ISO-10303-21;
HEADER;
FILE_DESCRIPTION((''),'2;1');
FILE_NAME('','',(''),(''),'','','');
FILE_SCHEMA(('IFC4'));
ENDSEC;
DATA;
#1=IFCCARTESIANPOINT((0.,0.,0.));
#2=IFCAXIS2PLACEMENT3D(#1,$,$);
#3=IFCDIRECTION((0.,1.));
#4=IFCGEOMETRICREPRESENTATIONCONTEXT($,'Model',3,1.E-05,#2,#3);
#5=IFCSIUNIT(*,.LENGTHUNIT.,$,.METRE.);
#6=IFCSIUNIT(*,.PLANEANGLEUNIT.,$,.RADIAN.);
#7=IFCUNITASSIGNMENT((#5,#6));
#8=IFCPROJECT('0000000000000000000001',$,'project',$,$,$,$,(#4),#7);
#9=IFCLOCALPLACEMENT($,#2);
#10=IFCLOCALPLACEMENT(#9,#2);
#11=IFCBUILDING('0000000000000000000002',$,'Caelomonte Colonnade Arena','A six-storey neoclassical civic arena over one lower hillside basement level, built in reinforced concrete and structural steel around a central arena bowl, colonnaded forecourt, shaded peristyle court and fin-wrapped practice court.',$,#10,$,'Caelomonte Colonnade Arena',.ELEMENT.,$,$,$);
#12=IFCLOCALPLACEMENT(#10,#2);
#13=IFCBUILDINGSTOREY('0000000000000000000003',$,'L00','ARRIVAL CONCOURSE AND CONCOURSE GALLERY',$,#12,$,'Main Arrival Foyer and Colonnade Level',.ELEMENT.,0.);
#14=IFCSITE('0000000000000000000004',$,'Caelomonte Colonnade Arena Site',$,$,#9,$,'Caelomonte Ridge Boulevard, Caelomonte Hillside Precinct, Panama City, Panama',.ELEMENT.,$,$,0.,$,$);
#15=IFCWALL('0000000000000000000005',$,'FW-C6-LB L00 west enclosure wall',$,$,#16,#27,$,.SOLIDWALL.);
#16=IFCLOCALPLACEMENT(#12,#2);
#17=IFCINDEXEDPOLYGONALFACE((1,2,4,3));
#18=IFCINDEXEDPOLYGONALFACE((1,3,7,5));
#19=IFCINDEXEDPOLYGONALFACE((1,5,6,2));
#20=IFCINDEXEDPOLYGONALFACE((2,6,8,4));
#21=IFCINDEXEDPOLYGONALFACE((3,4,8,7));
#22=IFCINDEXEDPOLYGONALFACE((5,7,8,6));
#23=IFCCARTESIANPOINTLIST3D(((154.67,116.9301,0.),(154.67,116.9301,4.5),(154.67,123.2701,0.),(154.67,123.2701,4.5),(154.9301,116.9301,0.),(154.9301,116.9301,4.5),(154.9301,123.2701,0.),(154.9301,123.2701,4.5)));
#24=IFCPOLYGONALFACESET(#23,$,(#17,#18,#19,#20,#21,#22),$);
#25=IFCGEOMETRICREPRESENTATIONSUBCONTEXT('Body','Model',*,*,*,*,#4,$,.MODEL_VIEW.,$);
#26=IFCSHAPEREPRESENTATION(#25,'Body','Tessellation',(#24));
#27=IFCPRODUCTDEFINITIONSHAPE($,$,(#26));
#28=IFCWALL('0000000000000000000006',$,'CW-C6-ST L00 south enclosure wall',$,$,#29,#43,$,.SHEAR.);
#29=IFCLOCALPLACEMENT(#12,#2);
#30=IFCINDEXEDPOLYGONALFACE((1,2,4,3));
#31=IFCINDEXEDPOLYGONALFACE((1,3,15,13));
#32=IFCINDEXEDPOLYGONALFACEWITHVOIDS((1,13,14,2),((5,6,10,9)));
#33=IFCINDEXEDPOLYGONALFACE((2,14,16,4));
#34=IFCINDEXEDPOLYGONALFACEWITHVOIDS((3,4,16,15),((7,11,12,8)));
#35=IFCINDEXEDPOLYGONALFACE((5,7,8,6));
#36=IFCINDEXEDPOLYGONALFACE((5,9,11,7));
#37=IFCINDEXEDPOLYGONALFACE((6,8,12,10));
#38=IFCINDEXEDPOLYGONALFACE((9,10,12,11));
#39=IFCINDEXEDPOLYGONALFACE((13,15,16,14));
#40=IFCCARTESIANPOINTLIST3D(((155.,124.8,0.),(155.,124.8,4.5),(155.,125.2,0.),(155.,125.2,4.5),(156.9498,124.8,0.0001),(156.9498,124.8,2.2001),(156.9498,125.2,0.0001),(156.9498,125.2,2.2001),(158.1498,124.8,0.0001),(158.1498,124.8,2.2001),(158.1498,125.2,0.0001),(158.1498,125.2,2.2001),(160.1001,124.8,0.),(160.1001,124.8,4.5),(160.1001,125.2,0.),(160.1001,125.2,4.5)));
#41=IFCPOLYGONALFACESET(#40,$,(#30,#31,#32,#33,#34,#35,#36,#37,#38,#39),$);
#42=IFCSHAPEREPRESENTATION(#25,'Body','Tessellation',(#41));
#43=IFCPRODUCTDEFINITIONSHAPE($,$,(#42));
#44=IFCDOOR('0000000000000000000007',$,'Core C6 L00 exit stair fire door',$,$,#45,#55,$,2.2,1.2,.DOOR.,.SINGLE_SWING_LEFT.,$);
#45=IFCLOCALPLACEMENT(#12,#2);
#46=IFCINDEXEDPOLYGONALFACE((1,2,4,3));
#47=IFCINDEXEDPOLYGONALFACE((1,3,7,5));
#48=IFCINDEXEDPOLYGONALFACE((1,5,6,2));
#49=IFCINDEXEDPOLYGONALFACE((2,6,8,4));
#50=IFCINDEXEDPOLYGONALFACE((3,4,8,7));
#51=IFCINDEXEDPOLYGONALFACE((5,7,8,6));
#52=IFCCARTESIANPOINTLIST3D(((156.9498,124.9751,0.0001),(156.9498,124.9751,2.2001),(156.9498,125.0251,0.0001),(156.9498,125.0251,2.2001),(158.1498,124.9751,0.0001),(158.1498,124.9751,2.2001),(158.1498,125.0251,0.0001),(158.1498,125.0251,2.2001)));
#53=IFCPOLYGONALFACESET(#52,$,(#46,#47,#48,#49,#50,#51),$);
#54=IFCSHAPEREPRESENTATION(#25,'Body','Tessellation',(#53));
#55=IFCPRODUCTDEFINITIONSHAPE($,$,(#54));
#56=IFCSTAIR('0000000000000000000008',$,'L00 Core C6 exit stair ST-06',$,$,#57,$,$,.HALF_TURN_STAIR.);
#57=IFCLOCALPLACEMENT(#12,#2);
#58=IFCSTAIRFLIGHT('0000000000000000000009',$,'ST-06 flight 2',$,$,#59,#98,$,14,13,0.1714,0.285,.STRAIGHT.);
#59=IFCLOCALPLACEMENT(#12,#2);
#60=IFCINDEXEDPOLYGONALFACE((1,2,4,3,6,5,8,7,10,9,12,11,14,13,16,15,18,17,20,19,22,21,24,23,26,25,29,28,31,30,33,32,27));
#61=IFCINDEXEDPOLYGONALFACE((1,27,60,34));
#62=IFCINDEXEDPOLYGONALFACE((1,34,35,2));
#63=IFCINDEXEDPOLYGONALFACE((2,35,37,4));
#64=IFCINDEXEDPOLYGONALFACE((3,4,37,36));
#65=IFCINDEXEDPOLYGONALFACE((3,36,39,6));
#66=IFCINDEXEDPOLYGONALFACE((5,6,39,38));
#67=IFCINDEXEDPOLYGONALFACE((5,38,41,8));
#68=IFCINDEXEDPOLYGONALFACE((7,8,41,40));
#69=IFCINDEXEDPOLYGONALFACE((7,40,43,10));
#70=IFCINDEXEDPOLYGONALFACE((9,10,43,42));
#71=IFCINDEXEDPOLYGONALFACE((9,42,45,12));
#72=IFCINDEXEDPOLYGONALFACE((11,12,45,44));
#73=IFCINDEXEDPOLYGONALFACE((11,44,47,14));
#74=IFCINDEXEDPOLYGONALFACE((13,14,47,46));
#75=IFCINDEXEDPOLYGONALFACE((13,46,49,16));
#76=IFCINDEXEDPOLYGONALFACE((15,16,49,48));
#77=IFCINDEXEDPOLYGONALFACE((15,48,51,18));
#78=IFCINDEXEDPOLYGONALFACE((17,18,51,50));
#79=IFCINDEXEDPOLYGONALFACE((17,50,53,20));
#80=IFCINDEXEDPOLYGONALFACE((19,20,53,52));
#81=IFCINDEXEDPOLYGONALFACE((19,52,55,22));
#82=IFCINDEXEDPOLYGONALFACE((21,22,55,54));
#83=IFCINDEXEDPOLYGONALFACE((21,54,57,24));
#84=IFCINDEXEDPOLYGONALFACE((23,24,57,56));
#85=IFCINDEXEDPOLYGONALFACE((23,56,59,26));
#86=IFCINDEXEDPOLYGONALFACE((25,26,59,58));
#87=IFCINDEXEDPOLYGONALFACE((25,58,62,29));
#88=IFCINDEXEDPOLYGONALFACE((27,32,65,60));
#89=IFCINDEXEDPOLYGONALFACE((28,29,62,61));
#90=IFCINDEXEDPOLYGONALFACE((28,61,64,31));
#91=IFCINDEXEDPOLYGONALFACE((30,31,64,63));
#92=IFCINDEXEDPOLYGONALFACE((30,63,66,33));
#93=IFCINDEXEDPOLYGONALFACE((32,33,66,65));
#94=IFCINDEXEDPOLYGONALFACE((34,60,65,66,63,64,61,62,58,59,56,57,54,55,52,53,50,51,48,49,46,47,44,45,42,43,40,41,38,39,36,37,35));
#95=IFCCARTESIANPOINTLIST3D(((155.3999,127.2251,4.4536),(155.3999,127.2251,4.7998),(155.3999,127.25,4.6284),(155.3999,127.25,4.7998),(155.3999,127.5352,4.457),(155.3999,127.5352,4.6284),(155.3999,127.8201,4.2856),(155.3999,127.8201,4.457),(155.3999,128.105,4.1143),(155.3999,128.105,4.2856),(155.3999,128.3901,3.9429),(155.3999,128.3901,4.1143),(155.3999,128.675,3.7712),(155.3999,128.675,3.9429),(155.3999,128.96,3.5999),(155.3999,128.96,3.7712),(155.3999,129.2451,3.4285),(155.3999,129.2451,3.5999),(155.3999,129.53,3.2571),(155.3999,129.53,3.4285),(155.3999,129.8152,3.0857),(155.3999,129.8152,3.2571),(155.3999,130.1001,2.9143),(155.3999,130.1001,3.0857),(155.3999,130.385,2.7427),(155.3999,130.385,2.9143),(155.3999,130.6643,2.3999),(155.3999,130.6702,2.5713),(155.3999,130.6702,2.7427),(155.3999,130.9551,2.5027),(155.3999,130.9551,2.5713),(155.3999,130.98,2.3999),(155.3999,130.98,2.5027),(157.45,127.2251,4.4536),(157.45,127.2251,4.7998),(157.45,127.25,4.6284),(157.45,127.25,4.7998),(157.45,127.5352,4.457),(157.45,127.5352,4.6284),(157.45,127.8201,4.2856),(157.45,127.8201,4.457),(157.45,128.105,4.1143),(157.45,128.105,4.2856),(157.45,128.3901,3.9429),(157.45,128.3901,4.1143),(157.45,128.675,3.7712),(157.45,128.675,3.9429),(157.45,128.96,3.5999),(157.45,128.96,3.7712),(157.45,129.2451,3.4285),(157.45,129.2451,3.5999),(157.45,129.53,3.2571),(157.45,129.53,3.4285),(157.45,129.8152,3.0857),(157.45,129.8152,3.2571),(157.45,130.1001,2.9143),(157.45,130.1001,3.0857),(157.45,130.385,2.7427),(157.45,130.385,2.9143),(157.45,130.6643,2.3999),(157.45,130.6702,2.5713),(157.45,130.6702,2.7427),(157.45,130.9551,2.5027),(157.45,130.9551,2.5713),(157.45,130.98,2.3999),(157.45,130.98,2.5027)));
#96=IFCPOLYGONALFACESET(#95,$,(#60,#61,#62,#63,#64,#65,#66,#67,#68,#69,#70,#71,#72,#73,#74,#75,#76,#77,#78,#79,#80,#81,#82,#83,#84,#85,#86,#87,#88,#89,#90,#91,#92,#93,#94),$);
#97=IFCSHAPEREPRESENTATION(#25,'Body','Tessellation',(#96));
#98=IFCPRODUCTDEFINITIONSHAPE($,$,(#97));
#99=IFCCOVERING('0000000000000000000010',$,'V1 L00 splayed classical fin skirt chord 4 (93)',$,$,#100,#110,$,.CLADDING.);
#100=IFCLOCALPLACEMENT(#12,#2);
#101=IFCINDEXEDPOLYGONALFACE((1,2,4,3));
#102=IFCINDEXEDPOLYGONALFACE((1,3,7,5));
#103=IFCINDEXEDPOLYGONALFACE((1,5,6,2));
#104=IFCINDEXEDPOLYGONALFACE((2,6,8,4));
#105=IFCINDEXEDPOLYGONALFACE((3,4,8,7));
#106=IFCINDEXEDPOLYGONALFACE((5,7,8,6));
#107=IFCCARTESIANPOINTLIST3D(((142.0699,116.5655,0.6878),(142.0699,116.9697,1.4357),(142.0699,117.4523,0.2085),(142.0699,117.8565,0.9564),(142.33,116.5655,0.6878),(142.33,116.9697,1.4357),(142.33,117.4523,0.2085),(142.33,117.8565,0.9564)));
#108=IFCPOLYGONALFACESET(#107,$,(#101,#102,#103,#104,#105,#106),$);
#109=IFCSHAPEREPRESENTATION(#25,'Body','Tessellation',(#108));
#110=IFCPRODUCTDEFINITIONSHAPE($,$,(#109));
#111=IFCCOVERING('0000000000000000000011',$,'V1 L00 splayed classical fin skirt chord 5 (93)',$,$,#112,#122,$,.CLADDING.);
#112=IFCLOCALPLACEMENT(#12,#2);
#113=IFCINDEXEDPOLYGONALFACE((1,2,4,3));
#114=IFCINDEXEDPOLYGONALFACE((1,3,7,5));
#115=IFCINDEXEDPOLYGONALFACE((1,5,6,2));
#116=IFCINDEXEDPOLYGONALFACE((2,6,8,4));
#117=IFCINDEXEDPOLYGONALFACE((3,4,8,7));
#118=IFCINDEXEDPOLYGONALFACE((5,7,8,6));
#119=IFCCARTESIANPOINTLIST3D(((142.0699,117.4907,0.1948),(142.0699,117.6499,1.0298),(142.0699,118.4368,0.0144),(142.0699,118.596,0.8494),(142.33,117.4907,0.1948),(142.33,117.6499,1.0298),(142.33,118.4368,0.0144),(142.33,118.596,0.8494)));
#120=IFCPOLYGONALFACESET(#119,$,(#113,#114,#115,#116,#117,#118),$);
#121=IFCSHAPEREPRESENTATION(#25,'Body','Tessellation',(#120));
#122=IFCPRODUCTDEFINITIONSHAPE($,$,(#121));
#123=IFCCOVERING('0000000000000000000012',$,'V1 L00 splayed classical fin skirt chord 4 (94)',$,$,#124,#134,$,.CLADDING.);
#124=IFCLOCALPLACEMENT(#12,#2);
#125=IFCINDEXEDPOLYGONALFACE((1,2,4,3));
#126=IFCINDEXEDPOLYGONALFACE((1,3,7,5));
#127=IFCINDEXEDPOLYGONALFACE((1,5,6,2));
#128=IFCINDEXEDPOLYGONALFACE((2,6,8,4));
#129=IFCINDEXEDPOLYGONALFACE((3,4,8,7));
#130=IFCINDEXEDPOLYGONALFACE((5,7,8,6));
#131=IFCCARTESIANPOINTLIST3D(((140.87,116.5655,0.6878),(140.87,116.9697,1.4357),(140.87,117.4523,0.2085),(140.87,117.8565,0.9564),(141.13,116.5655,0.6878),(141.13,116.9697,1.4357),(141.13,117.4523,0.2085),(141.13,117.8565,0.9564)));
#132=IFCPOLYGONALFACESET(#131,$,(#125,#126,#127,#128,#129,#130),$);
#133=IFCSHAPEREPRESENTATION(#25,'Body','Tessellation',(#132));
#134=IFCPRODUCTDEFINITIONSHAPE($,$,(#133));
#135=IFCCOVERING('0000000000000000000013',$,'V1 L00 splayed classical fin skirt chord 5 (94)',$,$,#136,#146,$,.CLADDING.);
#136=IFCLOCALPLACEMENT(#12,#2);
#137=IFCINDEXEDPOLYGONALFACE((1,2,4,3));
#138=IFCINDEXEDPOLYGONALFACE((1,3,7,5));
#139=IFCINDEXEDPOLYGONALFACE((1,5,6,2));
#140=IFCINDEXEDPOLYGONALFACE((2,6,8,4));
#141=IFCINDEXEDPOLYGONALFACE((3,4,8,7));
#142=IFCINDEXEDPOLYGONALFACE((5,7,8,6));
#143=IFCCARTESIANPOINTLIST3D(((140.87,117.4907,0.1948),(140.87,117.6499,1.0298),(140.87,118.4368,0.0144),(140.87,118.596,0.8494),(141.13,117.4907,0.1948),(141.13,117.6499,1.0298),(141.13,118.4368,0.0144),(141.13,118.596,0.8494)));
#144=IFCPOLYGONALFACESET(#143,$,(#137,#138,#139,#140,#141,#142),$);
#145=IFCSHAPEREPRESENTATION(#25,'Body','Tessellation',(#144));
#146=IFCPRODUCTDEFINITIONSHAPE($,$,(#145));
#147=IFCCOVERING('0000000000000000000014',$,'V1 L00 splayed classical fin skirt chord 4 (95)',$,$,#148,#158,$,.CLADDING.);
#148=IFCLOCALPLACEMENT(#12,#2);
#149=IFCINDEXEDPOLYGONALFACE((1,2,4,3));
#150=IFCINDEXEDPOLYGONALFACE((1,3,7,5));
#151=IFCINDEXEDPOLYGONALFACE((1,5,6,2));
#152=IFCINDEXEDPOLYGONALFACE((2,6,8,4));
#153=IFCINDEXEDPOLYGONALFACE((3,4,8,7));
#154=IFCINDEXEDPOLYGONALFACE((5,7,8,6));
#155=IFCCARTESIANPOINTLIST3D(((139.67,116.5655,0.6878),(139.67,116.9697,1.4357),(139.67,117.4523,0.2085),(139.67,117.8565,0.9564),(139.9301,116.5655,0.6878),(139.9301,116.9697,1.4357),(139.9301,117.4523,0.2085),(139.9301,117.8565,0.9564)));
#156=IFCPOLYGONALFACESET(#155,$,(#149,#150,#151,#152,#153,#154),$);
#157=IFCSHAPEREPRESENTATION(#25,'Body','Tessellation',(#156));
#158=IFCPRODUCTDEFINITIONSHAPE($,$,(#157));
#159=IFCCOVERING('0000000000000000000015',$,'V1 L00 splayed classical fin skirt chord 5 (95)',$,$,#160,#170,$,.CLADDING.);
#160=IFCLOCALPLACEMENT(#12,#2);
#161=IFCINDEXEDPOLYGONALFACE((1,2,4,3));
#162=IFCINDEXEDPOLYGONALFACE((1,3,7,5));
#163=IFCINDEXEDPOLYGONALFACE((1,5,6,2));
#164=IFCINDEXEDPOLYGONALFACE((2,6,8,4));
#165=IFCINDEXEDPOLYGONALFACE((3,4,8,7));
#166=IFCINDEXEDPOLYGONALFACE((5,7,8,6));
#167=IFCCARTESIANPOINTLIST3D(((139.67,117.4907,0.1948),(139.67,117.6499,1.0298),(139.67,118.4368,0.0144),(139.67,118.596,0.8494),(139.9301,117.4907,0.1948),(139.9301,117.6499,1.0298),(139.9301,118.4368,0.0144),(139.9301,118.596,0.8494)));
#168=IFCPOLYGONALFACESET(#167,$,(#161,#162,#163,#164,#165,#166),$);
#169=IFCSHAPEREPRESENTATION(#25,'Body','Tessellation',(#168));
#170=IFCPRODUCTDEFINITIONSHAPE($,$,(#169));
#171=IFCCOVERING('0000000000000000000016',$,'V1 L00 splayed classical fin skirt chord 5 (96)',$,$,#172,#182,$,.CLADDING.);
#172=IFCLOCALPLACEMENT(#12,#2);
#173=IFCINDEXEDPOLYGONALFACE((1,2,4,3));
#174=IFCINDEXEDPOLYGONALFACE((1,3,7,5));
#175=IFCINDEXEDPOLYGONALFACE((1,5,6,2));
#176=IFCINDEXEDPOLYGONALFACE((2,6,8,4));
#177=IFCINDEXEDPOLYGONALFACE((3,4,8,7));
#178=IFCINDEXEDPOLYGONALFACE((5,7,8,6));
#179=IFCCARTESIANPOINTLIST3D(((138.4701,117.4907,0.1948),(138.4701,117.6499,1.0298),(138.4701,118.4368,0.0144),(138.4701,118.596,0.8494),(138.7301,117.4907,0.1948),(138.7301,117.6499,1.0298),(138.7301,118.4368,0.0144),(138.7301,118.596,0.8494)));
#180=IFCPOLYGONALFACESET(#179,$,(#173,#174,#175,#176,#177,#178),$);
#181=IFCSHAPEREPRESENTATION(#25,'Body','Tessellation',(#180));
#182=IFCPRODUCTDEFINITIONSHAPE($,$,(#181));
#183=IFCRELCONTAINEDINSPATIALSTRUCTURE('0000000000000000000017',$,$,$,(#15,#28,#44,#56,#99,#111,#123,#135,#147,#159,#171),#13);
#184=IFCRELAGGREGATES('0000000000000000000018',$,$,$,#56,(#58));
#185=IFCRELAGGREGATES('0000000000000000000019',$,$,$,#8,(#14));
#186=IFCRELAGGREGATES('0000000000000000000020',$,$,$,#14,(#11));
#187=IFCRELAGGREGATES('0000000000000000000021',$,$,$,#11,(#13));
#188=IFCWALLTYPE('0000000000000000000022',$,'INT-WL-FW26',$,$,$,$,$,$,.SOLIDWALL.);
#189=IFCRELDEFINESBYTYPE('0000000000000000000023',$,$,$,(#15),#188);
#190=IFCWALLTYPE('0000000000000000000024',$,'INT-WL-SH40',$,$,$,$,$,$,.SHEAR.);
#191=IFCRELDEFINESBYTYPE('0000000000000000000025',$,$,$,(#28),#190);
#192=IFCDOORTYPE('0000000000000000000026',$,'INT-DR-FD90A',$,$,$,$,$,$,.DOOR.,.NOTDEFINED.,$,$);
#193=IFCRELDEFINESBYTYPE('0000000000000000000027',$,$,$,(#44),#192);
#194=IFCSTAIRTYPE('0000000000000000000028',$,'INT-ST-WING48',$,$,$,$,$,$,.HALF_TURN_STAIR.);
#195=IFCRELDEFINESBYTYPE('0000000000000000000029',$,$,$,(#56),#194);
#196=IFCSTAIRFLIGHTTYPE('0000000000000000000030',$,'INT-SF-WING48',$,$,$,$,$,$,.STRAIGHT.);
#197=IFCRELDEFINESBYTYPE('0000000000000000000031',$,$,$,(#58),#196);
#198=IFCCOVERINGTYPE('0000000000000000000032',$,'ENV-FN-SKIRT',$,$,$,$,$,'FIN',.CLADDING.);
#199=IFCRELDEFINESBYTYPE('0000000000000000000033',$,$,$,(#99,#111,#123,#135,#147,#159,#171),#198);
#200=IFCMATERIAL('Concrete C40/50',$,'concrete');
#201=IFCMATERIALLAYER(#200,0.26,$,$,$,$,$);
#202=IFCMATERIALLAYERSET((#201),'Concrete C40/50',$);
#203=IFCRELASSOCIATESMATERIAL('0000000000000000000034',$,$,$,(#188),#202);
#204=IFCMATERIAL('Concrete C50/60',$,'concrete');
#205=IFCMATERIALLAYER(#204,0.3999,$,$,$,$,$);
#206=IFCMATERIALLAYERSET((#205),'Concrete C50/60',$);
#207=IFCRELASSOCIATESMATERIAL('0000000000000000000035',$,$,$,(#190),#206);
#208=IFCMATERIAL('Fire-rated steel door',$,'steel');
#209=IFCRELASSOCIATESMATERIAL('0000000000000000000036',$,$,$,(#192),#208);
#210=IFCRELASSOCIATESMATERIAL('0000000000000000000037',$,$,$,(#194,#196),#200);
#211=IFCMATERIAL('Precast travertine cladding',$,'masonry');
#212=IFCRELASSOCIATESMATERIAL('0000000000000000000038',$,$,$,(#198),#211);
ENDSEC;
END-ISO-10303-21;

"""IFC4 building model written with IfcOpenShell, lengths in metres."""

from ifc_helpers import new_model, si_unit, direction, frame, frame_2d, origin, origin_2d, place, context, subcontext, project, spatial, polyline, rectangle, outline, extrude, material, layer, layer_set, material_profile, profile_set, type_object, element, fill, aggregate, save


model = new_model("IFC4")

# Units and contexts
model_context = context("Model", 3, precision=1e-05, world=origin(), true_north=direction((0.0, 1.0)))
body_context = subcontext(model_context, "Body", "Model", "MODEL_VIEW")
ifc_project = project(units=[si_unit("LENGTHUNIT", "METRE"), si_unit("PLANEANGLEUNIT", "RADIAN")], contexts=[model_context])

# Site, building, storey
site_placement = place(None, origin())
site = spatial("IfcSite", under=ifc_project, at=site_placement, Name="Caelomonte Colonnade Arena Site", LongName="Caelomonte Ridge Boulevard, Caelomonte Hillside Precinct, Panama City, Panama", CompositionType="ELEMENT", RefElevation=0.0)
building_placement = place(site_placement, origin())
building = spatial("IfcBuilding", under=site, at=building_placement, Name="Caelomonte Colonnade Arena", Description="A six-storey neoclassical civic arena over one lower hillside basement level, built in reinforced concrete and structural steel around a central arena bowl, colonnaded forecourt, shaded peristyle court and fin-wrapped practice court.", LongName="Caelomonte Colonnade Arena", CompositionType="ELEMENT")
storey_placement = place(building_placement, origin())
storey = spatial("IfcBuildingStorey", under=building, at=storey_placement, Name="L00", Description="ARRIVAL CONCOURSE AND CONCOURSE GALLERY", LongName="Main Arrival Foyer and Colonnade Level", CompositionType="ELEMENT", Elevation=0.0)

# Shared definitions
ifc_material_1 = material(Name="Concrete C40/50", Category="concrete")

# Wall
ifc_layer_1 = layer(ifc_material_1, 0.26)
ifc_layer_set_1 = layer_set([ifc_layer_1], Name="Concrete C40/50")
wall_type_1 = type_object("IfcWallType", Name="INT-WL-FW26", PredefinedType="SOLIDWALL", material=ifc_layer_set_1)
wall_1_placement = place(storey_placement, frame((154.8, 123.27, 0.0), z_axis=(0.0, 0.0, 1.0), x_axis=(0.0, -1.0, 0.0)))
element("IfcWall", 1, at=wall_1_placement, inside=storey, type_object=wall_type_1, Name="FW-C6-LB L00 west enclosure wall", PredefinedType="SOLIDWALL", context=body_context, shape_type="SweptSolid", body=[
    extrude(rectangle(XDim=6.3401, YDim=0.26, at=frame_2d((3.1699, 0.0))), origin(), (0.0, 0.0, 1.0), 4.5),
])

# Wall, opening, door
ifc_material_2 = material(Name="Concrete C50/60", Category="concrete")
ifc_layer_2 = layer(ifc_material_2, 0.3999)
ifc_layer_set_2 = layer_set([ifc_layer_2], Name="Concrete C50/60")
wall_type_2 = type_object("IfcWallType", Name="INT-WL-SH40", PredefinedType="SHEAR", material=ifc_layer_set_2)
wall_2_placement = place(storey_placement, frame((155.0, 125.0, 0.0), z_axis=(0.0, 0.0, 1.0), x_axis=(1.0, 0.0, 0.0)))
wall_2 = element("IfcWall", 2, at=wall_2_placement, inside=storey, type_object=wall_type_2, Name="CW-C6-ST L00 south enclosure wall", PredefinedType="SHEAR", context=body_context, shape_type="SweptSolid", body=[
    extrude(rectangle(XDim=5.1001, YDim=0.3999, at=frame_2d((2.55, 0.0))), origin(), (0.0, 0.0, 1.0), 4.5),
])
opening_1_placement = place(wall_2_placement, frame((3.1499, 0.0, 0.0), z_axis=(0.0, 0.0, 1.0), x_axis=(-1.0, 0.0, 0.0)))
opening_1 = element("IfcOpeningElement", 3, at=opening_1_placement, cuts=wall_2, PredefinedType="OPENING", context=body_context, shape_type="SweptSolid", body=[
    extrude(rectangle(XDim=1.2, YDim=2.2, at=frame_2d((0.6001, 1.1001))), frame((0.0, 0.21, 0.0), z_axis=(0.0, -1.0, 0.0), x_axis=(1.0, 0.0, 0.0)), (0.0, 0.0, 1.0), 0.4199),
])
ifc_material_3 = material(Name="Fire-rated steel door", Category="steel")
door_type = type_object("IfcDoorType", Name="INT-DR-FD90A", OperationType="NOTDEFINED", PredefinedType="DOOR", material=ifc_material_3)
door_placement = place(opening_1_placement, origin())
door = element("IfcDoor", 4, at=door_placement, inside=storey, type_object=door_type, Name="Core C6 L00 exit stair fire door", OperationType="SINGLE_SWING_LEFT", OverallHeight=2.2, OverallWidth=1.2, PredefinedType="DOOR", context=body_context, shape_type="SweptSolid", body=[
    extrude(rectangle(XDim=1.2, YDim=2.2, at=frame_2d((0.6001, 1.1001))), frame((0.0, 0.0249, 0.0), z_axis=(0.0, -1.0, 0.0), x_axis=(1.0, 0.0, 0.0)), (0.0, 0.0, 1.0), 0.05),
])
fill(opening_1, door)

# Stair, stair flight
stair_type = type_object("IfcStairType", Name="INT-ST-WING48", PredefinedType="HALF_TURN_STAIR", material=ifc_material_1)
stair_placement = place(storey_placement, origin())
stair = element("IfcStair", 5, at=stair_placement, inside=storey, type_object=stair_type, Name="L00 Core C6 exit stair ST-06", PredefinedType="HALF_TURN_STAIR")
stair_flight_type = type_object("IfcStairFlightType", Name="INT-SF-WING48", PredefinedType="STRAIGHT", material=ifc_material_1)
stair_flight_placement = place(storey_placement, frame((156.425, 130.9551, 2.3999), z_axis=(0.0, 0.0, 1.0), x_axis=(0.0, -1.0, 0.0)))
stair_flight = element("IfcStairFlight", 6, at=stair_flight_placement, type_object=stair_flight_type, Name="ST-06 flight 2", NumberOfRisers=14, NumberOfTreads=13, PredefinedType="STRAIGHT", RiserHeight=0.1714, TreadLength=0.285, context=body_context, shape_type="SweptSolid", body=[
    extrude(outline(polyline([(-0.0249, 0.0), (-0.0249, 0.1028), (0.0, 0.1028), (0.0, 0.1714), (0.2849, 0.1714), (0.2849, 0.3428), (0.5701, 0.3428), (0.5701, 0.5144), (0.855, 0.5144), (0.855, 0.6858), (1.1399, 0.6858), (1.1399, 0.8572), (1.425, 0.8572), (1.425, 1.0286), (1.71, 1.0286), (1.71, 1.2), (1.9951, 1.2), (1.9951, 1.3713), (2.28, 1.3713), (2.28, 1.543), (2.5649, 1.543), (2.5649, 1.7144), (2.8501, 1.7144), (2.8501, 1.8857), (3.135, 1.8857), (3.135, 2.0571), (3.4199, 2.0571), (3.4199, 2.2285), (3.7051, 2.2285), (3.7051, 2.3999), (3.73, 2.3999), (3.73, 2.0537), (0.2908, 0.0), (-0.0249, 0.0)])), frame((0.0, 1.0249, 0.0), z_axis=(0.0, -1.0, 0.0), x_axis=(1.0, 0.0, 0.0)), (0.0, 0.0, 1.0), 2.05),
])
aggregate(stair, [stair_flight])

# Coverings
ifc_material_4 = material(Name="Precast travertine cladding", Category="masonry")
ifc_material_profile_1 = material_profile(ifc_material_4, rectangle(XDim=0.26, YDim=0.8501, at=origin_2d()), Name="FIN260X850")
ifc_profile_set_1 = profile_set([ifc_material_profile_1], Name="Precast travertine cladding")
covering_type = type_object("IfcCoveringType", Name="ENV-FN-SKIRT", ElementType="FIN", PredefinedType="CLADDING", material=ifc_profile_set_1)
covering_1_placement = place(storey_placement, frame((142.2, 116.7676, 1.0618), z_axis=(0.0, 0.879731, -0.475471), x_axis=(-1.0, 0.0, 0.0)))
element("IfcCovering", 7, at=covering_1_placement, inside=storey, type_object=covering_type, Name="V1 L00 splayed classical fin skirt chord 4 (93)", PredefinedType="CLADDING", context=body_context, shape_type="SweptSolid", body=[
    extrude(rectangle(XDim=0.26, YDim=0.8501, at=origin_2d()), origin(), (0.0, 0.0, 1.0), 1.0081),
])
covering_2_placement = place(storey_placement, frame((142.2, 117.5703, 0.6123), z_axis=(0.0, 0.982296, -0.187333), x_axis=(-1.0, 0.0, 0.0)))
element("IfcCovering", 8, at=covering_2_placement, inside=storey, type_object=covering_type, Name="V1 L00 splayed classical fin skirt chord 5 (93)", PredefinedType="CLADDING", context=body_context, shape_type="SweptSolid", body=[
    extrude(rectangle(XDim=0.26, YDim=0.8501, at=origin_2d()), origin(), (0.0, 0.0, 1.0), 0.9631),
])
covering_3_placement = place(storey_placement, frame((141.0, 116.7676, 1.0618), z_axis=(0.0, 0.879731, -0.475471), x_axis=(-1.0, 0.0, 0.0)))
element("IfcCovering", 9, at=covering_3_placement, inside=storey, type_object=covering_type, Name="V1 L00 splayed classical fin skirt chord 4 (94)", PredefinedType="CLADDING", context=body_context, shape_type="SweptSolid", body=[
    extrude(rectangle(XDim=0.26, YDim=0.8501, at=origin_2d()), origin(), (0.0, 0.0, 1.0), 1.0081),
])
covering_4_placement = place(storey_placement, frame((141.0, 117.5703, 0.6123), z_axis=(0.0, 0.982296, -0.187333), x_axis=(-1.0, 0.0, 0.0)))
element("IfcCovering", 10, at=covering_4_placement, inside=storey, type_object=covering_type, Name="V1 L00 splayed classical fin skirt chord 5 (94)", PredefinedType="CLADDING", context=body_context, shape_type="SweptSolid", body=[
    extrude(rectangle(XDim=0.26, YDim=0.8501, at=origin_2d()), origin(), (0.0, 0.0, 1.0), 0.9631),
])
covering_5_placement = place(storey_placement, frame((139.8, 116.7676, 1.0618), z_axis=(0.0, 0.879731, -0.475471), x_axis=(-1.0, 0.0, 0.0)))
element("IfcCovering", 11, at=covering_5_placement, inside=storey, type_object=covering_type, Name="V1 L00 splayed classical fin skirt chord 4 (95)", PredefinedType="CLADDING", context=body_context, shape_type="SweptSolid", body=[
    extrude(rectangle(XDim=0.26, YDim=0.8501, at=origin_2d()), origin(), (0.0, 0.0, 1.0), 1.0081),
])
for number, where, z_axis, x_axis, name in (
    (12, (139.8, 117.5703, 0.6123), (0.0, 0.982296, -0.187333), (-1.0, 0.0, 0.0), "V1 L00 splayed classical fin skirt chord 5 (95)"),
    (13, (138.6001, 117.5703, 0.6123), (0.0, 0.982296, -0.187333), (-1.0, 0.0, 0.0), "V1 L00 splayed classical fin skirt chord 5 (96)"),
):
    element("IfcCovering", number, at=place(storey_placement, frame(where, z_axis=z_axis, x_axis=x_axis)), inside=storey, type_object=covering_type, Name=name, PredefinedType="CLADDING", context=body_context, shape_type="SweptSolid", body=[
        extrude(rectangle(XDim=0.26, YDim=0.8501, at=origin_2d()), origin(), (0.0, 0.0, 1.0), 0.9631),
    ])

save(model, "model.ifc")
